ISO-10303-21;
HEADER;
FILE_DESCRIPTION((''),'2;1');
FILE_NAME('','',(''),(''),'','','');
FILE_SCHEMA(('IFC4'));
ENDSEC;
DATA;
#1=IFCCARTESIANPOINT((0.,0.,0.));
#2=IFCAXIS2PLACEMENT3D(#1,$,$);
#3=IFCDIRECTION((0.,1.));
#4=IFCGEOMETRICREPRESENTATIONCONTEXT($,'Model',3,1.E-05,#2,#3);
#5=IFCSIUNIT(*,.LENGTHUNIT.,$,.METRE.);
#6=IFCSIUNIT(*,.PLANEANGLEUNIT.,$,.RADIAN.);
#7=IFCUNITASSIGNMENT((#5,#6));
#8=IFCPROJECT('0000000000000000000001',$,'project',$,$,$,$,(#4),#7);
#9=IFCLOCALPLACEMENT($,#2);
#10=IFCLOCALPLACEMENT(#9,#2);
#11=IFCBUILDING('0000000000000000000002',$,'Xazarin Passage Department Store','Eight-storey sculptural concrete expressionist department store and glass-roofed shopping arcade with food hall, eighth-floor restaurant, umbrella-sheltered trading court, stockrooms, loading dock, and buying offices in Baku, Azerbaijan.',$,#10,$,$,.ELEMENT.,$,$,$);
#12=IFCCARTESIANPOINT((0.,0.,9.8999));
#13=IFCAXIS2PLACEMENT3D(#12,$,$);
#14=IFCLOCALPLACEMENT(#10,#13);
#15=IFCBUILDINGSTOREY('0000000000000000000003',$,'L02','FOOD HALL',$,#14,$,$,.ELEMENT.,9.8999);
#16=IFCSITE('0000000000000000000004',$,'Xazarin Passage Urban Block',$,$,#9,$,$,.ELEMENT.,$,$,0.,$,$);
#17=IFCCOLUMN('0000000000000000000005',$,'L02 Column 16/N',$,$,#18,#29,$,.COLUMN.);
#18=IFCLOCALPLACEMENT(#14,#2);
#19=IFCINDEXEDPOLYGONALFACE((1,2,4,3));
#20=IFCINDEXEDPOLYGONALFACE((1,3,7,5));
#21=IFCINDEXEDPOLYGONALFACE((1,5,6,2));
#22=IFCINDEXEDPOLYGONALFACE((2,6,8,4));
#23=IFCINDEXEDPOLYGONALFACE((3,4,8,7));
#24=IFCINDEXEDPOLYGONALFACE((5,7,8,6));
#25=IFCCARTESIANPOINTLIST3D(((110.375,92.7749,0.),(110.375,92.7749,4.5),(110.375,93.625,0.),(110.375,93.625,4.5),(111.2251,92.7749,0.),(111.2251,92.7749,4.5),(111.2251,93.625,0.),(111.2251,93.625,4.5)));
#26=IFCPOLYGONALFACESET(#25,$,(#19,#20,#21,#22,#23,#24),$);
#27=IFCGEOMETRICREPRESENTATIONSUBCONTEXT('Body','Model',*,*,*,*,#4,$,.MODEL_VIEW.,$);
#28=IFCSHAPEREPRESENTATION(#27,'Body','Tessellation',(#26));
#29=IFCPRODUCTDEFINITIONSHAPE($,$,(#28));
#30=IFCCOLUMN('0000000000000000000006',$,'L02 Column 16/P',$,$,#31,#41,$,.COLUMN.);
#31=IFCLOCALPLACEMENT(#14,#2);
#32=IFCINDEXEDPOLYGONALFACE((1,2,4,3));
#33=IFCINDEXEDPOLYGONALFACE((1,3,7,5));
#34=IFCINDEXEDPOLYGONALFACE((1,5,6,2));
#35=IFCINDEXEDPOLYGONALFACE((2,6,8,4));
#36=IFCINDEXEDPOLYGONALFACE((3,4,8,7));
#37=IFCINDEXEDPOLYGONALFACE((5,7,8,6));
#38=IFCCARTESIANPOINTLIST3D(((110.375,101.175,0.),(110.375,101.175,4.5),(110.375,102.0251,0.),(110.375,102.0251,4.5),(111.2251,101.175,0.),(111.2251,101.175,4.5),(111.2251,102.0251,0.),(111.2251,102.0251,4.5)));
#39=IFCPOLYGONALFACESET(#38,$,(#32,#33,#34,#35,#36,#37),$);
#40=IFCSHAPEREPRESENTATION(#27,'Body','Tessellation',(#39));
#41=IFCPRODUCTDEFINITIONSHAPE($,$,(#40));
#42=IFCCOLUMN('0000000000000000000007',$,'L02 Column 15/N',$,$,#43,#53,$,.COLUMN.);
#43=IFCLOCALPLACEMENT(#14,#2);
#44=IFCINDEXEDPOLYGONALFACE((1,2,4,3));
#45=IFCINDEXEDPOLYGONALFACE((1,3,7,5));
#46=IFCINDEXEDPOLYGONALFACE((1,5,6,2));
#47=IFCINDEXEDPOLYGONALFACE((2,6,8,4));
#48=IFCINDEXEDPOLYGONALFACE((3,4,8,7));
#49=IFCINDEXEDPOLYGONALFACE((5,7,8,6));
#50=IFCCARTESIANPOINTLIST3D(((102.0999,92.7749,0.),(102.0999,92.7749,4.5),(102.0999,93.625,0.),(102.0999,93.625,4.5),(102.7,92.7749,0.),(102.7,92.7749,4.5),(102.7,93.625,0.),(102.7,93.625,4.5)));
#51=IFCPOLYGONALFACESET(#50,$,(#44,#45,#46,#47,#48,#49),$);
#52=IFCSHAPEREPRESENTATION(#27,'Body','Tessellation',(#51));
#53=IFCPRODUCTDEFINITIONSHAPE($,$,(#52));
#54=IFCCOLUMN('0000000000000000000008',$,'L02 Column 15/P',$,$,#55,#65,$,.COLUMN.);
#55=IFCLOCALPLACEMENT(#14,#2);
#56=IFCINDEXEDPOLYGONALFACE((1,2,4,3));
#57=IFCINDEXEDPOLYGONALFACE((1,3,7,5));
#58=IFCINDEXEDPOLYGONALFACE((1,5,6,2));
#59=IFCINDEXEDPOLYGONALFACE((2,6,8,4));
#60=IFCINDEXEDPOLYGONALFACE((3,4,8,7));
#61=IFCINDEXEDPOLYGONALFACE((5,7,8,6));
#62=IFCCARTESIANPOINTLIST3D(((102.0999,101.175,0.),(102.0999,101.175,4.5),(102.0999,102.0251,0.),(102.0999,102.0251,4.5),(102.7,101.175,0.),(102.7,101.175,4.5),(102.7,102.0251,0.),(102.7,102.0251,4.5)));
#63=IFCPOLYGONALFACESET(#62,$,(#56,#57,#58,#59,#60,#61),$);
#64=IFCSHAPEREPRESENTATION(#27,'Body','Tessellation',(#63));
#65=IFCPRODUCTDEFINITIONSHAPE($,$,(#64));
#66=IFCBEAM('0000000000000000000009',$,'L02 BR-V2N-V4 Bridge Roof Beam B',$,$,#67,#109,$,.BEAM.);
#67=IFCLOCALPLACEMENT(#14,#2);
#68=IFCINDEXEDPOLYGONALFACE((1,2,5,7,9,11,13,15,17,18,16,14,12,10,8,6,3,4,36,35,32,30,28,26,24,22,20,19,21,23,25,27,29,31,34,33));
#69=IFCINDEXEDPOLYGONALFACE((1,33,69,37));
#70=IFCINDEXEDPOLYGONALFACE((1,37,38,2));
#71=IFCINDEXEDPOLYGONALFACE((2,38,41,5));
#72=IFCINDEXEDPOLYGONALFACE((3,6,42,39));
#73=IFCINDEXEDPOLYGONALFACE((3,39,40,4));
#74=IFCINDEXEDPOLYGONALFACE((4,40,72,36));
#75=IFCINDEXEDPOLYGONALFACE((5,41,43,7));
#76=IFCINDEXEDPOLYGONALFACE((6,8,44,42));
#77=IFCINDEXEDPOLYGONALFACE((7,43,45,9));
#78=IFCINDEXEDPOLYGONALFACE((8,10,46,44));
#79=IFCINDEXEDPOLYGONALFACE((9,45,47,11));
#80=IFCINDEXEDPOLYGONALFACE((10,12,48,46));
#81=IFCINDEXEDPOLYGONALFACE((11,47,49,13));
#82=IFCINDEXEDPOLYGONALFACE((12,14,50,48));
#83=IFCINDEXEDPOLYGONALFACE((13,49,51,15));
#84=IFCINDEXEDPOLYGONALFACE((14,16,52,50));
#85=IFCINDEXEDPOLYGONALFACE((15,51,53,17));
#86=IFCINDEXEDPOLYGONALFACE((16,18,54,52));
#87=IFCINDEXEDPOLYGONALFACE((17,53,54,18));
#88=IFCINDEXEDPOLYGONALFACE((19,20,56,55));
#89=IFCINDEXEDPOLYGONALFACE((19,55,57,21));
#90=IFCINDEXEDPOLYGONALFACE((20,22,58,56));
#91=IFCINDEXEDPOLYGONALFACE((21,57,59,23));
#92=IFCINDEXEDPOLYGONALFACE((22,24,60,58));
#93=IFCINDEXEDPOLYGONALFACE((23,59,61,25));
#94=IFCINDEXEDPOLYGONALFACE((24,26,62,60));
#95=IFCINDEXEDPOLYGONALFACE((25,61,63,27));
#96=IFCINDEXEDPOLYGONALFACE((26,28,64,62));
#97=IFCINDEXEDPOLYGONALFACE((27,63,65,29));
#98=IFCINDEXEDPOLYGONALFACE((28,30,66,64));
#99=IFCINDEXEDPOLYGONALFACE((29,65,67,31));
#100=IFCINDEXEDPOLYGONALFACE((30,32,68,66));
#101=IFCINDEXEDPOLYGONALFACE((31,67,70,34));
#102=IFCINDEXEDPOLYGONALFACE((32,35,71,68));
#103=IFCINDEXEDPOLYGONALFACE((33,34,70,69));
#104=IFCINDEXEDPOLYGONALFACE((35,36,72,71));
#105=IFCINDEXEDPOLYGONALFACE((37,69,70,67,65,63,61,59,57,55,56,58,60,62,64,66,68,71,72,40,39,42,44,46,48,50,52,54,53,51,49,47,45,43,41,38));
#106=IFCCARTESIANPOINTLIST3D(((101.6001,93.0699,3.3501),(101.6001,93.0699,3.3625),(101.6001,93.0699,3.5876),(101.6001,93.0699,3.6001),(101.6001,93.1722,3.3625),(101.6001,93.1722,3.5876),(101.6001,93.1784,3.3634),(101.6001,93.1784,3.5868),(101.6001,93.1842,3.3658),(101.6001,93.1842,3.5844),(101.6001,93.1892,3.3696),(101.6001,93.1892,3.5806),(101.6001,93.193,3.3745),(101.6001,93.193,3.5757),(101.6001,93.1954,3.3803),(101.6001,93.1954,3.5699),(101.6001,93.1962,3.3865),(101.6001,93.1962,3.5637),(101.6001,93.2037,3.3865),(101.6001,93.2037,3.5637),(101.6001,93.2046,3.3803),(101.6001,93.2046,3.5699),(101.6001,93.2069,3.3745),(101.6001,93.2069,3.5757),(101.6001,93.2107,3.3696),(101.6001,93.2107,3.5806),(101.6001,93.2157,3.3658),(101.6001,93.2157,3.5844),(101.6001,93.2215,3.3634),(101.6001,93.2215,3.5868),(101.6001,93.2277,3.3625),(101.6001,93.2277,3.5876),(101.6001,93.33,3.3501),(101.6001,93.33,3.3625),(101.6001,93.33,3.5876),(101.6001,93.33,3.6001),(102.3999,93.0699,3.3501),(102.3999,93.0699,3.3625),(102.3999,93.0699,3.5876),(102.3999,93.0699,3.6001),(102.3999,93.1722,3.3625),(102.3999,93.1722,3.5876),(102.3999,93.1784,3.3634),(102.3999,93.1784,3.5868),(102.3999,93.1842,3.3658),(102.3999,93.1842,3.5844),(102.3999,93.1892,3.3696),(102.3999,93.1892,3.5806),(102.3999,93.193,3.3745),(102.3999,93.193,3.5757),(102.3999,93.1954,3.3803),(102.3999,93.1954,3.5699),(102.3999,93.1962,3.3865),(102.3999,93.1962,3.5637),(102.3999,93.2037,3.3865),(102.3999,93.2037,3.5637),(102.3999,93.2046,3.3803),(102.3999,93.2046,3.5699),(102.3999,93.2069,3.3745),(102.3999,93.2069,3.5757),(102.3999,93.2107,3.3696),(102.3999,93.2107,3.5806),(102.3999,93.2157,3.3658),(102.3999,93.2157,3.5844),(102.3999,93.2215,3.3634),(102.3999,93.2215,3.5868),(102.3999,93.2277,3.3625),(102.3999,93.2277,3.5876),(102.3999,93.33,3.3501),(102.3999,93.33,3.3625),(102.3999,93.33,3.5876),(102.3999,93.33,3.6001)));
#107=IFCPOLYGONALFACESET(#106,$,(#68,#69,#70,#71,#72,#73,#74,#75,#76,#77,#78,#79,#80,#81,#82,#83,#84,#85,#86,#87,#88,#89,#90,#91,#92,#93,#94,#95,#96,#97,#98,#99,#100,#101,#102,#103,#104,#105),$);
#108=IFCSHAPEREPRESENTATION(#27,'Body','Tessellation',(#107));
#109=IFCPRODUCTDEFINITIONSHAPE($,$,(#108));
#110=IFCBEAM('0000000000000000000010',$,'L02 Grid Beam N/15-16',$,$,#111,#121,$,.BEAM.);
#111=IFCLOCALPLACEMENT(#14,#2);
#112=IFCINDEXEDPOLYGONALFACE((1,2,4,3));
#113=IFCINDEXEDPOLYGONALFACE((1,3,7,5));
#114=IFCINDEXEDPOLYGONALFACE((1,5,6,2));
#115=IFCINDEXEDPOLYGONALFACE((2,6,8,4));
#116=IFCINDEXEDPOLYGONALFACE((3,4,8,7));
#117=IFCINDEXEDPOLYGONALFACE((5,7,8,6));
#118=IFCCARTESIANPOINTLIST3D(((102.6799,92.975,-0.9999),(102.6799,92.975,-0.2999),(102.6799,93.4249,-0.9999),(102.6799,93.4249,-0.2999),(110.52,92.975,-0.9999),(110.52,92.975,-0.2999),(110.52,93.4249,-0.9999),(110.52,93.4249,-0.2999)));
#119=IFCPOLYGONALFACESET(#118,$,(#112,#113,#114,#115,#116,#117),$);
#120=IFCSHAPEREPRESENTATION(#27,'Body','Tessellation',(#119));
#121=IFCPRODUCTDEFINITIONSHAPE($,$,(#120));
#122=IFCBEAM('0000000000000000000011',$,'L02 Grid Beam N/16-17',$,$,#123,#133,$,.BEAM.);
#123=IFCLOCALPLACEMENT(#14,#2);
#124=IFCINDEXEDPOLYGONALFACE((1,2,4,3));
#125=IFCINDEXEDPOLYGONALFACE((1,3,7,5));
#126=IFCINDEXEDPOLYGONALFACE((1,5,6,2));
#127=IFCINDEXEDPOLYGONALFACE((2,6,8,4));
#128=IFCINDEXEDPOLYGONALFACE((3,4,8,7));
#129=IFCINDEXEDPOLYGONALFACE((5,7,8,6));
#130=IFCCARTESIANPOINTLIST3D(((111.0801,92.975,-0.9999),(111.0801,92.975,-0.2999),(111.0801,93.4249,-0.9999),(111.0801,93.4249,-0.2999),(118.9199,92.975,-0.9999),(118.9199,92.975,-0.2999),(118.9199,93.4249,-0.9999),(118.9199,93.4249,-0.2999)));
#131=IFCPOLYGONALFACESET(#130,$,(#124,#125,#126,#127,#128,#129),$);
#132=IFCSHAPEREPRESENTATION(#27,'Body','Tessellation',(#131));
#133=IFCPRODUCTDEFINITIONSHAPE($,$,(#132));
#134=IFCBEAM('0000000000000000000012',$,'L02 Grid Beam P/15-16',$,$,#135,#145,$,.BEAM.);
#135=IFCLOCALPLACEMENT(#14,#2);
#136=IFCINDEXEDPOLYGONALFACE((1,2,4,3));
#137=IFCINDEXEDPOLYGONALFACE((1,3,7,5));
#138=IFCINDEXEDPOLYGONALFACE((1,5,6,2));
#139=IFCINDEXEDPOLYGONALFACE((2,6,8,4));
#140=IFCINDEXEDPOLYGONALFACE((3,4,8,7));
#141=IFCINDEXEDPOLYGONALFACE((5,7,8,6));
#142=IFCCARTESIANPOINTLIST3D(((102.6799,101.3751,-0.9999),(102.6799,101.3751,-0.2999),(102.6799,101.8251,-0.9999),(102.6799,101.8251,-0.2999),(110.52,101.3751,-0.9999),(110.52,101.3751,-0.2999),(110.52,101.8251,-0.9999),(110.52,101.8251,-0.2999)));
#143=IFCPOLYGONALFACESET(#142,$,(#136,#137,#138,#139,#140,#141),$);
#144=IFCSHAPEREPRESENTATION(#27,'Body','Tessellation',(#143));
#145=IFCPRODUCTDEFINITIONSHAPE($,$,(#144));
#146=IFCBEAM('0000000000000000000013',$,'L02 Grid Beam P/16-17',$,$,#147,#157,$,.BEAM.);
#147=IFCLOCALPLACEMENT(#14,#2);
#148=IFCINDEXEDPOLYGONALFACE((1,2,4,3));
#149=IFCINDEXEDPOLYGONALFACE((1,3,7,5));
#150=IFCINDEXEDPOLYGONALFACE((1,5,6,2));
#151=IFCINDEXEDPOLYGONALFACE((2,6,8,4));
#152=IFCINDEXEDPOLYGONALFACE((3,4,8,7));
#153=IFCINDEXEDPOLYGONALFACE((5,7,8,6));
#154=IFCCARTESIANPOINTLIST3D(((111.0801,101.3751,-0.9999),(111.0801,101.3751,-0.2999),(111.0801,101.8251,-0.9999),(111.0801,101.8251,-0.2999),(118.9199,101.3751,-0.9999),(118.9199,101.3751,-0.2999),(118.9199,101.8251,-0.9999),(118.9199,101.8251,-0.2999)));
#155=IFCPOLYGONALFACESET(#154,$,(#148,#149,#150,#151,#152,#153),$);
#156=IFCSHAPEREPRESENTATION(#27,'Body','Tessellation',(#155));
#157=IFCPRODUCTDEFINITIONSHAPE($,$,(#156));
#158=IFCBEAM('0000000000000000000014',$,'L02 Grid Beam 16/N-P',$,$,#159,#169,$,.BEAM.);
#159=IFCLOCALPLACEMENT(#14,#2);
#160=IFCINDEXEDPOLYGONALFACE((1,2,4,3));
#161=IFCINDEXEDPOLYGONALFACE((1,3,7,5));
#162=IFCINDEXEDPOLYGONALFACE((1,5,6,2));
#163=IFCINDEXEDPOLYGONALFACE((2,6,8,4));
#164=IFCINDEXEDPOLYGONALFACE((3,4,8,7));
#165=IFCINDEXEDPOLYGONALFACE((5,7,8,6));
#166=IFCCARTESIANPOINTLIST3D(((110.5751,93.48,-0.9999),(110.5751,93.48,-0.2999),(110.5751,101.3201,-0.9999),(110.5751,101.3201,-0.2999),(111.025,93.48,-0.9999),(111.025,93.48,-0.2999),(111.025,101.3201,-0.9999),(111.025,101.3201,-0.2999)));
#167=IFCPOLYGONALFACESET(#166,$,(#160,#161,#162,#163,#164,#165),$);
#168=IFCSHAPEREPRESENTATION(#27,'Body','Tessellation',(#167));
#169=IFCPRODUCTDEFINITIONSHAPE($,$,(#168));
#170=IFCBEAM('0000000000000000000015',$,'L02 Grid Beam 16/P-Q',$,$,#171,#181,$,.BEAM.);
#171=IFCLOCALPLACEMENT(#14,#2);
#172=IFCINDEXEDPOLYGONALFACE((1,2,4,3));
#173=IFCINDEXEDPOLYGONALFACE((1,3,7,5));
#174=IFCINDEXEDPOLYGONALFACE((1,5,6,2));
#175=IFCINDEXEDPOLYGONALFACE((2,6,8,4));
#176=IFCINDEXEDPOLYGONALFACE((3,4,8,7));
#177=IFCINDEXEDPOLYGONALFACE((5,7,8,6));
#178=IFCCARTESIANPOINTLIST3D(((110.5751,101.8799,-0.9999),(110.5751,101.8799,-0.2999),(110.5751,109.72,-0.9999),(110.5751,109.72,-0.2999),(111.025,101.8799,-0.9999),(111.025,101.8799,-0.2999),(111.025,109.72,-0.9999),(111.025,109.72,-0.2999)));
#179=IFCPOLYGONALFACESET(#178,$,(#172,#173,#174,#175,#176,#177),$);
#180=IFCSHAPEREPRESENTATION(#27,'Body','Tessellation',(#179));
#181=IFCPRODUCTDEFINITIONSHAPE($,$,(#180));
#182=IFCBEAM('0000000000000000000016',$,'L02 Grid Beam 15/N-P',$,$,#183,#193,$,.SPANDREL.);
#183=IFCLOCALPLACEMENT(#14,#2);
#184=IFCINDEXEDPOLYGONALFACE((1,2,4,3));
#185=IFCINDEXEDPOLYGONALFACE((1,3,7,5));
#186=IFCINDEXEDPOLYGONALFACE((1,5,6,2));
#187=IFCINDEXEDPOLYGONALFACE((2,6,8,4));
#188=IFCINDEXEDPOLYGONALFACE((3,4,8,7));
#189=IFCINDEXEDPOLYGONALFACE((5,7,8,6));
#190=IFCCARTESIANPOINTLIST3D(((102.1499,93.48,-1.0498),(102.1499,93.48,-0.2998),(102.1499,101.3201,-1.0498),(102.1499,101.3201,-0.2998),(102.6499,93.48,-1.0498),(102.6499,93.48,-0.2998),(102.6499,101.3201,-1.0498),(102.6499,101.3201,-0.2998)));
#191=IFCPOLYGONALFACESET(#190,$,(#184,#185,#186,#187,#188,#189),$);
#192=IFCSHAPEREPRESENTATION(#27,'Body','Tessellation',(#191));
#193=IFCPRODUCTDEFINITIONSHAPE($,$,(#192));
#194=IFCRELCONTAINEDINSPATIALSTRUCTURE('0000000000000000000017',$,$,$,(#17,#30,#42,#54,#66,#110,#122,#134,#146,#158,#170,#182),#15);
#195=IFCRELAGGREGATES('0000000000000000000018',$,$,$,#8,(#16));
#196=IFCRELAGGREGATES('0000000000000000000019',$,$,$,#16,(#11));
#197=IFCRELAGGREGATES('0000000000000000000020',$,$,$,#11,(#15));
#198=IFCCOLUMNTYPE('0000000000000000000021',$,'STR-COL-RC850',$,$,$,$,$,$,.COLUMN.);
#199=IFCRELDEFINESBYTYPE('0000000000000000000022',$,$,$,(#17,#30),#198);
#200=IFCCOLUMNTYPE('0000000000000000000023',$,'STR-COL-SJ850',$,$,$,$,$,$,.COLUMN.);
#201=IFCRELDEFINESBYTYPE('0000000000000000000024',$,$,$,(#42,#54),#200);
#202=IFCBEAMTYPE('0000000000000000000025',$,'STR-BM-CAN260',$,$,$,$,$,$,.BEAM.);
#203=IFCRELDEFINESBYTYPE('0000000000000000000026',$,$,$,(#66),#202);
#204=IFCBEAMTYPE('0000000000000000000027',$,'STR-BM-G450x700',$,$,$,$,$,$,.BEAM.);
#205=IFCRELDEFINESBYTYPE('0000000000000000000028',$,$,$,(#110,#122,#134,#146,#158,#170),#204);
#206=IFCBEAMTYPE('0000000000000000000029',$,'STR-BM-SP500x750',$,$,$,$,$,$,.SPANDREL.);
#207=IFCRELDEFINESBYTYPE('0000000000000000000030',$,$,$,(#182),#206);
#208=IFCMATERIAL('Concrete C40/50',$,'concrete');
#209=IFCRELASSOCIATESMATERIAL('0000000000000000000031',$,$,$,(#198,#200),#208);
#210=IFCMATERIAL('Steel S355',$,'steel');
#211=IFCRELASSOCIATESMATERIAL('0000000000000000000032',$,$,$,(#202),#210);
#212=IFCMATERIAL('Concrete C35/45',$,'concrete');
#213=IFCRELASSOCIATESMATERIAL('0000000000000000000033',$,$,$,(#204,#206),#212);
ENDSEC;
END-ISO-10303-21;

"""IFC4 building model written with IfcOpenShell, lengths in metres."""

from ifc_helpers import new_model, si_unit, direction, frame, origin, origin_2d, place, context, subcontext, project, spatial, rectangle, i_section, extrude, material, material_profile, profile_set, type_object, element, save


model = new_model("IFC4")

# Units and contexts
model_context = context("Model", 3, precision=1e-05, world=origin(), true_north=direction((0.0, 1.0)))
body_context = subcontext(model_context, "Body", "Model", "MODEL_VIEW")
ifc_project = project(units=[si_unit("LENGTHUNIT", "METRE"), si_unit("PLANEANGLEUNIT", "RADIAN")], contexts=[model_context])

# Site, building, storey
site_placement = place(None, origin())
site = spatial("IfcSite", under=ifc_project, at=site_placement, Name="Xazarin Passage Urban Block", CompositionType="ELEMENT", RefElevation=0.0)
building_placement = place(site_placement, origin())
building = spatial("IfcBuilding", under=site, at=building_placement, Name="Xazarin Passage Department Store", Description="Eight-storey sculptural concrete expressionist department store and glass-roofed shopping arcade with food hall, eighth-floor restaurant, umbrella-sheltered trading court, stockrooms, loading dock, and buying offices in Baku, Azerbaijan.", CompositionType="ELEMENT")
storey_placement = place(building_placement, frame((0.0, 0.0, 9.8999)))
storey = spatial("IfcBuildingStorey", under=building, at=storey_placement, Name="L02", Description="FOOD HALL", CompositionType="ELEMENT", Elevation=9.8999)

# Columns
ifc_material_1 = material(Name="Concrete C40/50", Category="concrete")
ifc_material_profile_1 = material_profile(ifc_material_1, rectangle(XDim=0.8501, YDim=0.8501, at=origin_2d()), Name="RC 850x850")
ifc_profile_set_1 = profile_set([ifc_material_profile_1], Name="Concrete C40/50")
column_type_1 = type_object("IfcColumnType", Name="STR-COL-RC850", PredefinedType="COLUMN", material=ifc_profile_set_1)
for number, where, z_axis, x_axis, name in (
    (1, (110.8, 93.2, 0.0), (0.0, 0.0, 1.0), (1.0, 0.0, 0.0), "L02 Column 16/N"),
    (2, (110.8, 101.6001, 0.0), (0.0, 0.0, 1.0), (1.0, 0.0, 0.0), "L02 Column 16/P"),
):
    element("IfcColumn", number, at=place(storey_placement, frame(where, z_axis=z_axis, x_axis=x_axis)), inside=storey, type_object=column_type_1, Name=name, PredefinedType="COLUMN", context=body_context, shape_type="SweptSolid", body=[
        extrude(rectangle(XDim=0.8501, YDim=0.8501, at=origin_2d()), origin(), (0.0, 0.0, 1.0), 4.5),
    ])
ifc_material_profile_2 = material_profile(ifc_material_1, rectangle(XDim=0.6001, YDim=0.8501, at=origin_2d()), Name="RC 600x850")
ifc_profile_set_2 = profile_set([ifc_material_profile_2], Name="Concrete C40/50")
column_type_2 = type_object("IfcColumnType", Name="STR-COL-SJ850", PredefinedType="COLUMN", material=ifc_profile_set_2)
for number, where, z_axis, x_axis, name in (
    (3, (102.3999, 93.2, 0.0), (0.0, 0.0, 1.0), (1.0, 0.0, 0.0), "L02 Column 15/N"),
    (4, (102.3999, 101.6001, 0.0), (0.0, 0.0, 1.0), (1.0, 0.0, 0.0), "L02 Column 15/P"),
):
    element("IfcColumn", number, at=place(storey_placement, frame(where, z_axis=z_axis, x_axis=x_axis)), inside=storey, type_object=column_type_2, Name=name, PredefinedType="COLUMN", context=body_context, shape_type="SweptSolid", body=[
        extrude(rectangle(XDim=0.6001, YDim=0.8501, at=origin_2d()), origin(), (0.0, 0.0, 1.0), 4.5),
    ])

# Beams
ifc_material_2 = material(Name="Steel S355", Category="steel")
ifc_material_profile_3 = material_profile(ifc_material_2, i_section(OverallWidth=0.26, OverallDepth=0.25, WebThickness=0.0076, FlangeThickness=0.0125, FilletRadius=0.0239, at=origin_2d()), Name="HEA 260")
ifc_profile_set_3 = profile_set([ifc_material_profile_3], Name="Steel S355")
beam_type_1 = type_object("IfcBeamType", Name="STR-BM-CAN260", PredefinedType="BEAM", material=ifc_profile_set_3)
beam_1_placement = place(storey_placement, frame((101.6001, 93.2, 3.4751), z_axis=(1.0, 0.0, 0.0), x_axis=(0.0, 1.0, 0.0)))
element("IfcBeam", 5, at=beam_1_placement, inside=storey, type_object=beam_type_1, Name="L02 BR-V2N-V4 Bridge Roof Beam B", PredefinedType="BEAM", context=body_context, shape_type="SweptSolid", body=[
    extrude(i_section(OverallWidth=0.26, OverallDepth=0.25, WebThickness=0.0076, FlangeThickness=0.0125, FilletRadius=0.0239, at=origin_2d()), origin(), (0.0, 0.0, 1.0), 0.7998),
])
ifc_material_3 = material(Name="Concrete C35/45", Category="concrete")
ifc_material_profile_4 = material_profile(ifc_material_3, rectangle(XDim=0.45, YDim=0.7, at=origin_2d()), Name="RC 450x700")
ifc_profile_set_4 = profile_set([ifc_material_profile_4], Name="Concrete C35/45")
beam_type_2 = type_object("IfcBeamType", Name="STR-BM-G450x700", PredefinedType="BEAM", material=ifc_profile_set_4)
beam_2_placement = place(storey_placement, frame((102.6799, 93.2, -0.6499), z_axis=(1.0, 0.0, 0.0), x_axis=(0.0, 1.0, 0.0)))
element("IfcBeam", 6, at=beam_2_placement, inside=storey, type_object=beam_type_2, Name="L02 Grid Beam N/15-16", PredefinedType="BEAM", context=body_context, shape_type="SweptSolid", body=[
    extrude(rectangle(XDim=0.45, YDim=0.7, at=origin_2d()), origin(), (0.0, 0.0, 1.0), 7.8401),
])
beam_3_placement = place(storey_placement, frame((111.0801, 93.2, -0.6499), z_axis=(1.0, 0.0, 0.0), x_axis=(0.0, 1.0, 0.0)))
element("IfcBeam", 7, at=beam_3_placement, inside=storey, type_object=beam_type_2, Name="L02 Grid Beam N/16-17", PredefinedType="BEAM", context=body_context, shape_type="SweptSolid", body=[
    extrude(rectangle(XDim=0.45, YDim=0.7, at=origin_2d()), origin(), (0.0, 0.0, 1.0), 7.8398),
])
beam_4_placement = place(storey_placement, frame((102.6799, 101.6001, -0.6499), z_axis=(1.0, 0.0, 0.0), x_axis=(0.0, 1.0, 0.0)))
element("IfcBeam", 8, at=beam_4_placement, inside=storey, type_object=beam_type_2, Name="L02 Grid Beam P/15-16", PredefinedType="BEAM", context=body_context, shape_type="SweptSolid", body=[
    extrude(rectangle(XDim=0.45, YDim=0.7, at=origin_2d()), origin(), (0.0, 0.0, 1.0), 7.8401),
])
beam_5_placement = place(storey_placement, frame((111.0801, 101.6001, -0.6499), z_axis=(1.0, 0.0, 0.0), x_axis=(0.0, 1.0, 0.0)))
element("IfcBeam", 9, at=beam_5_placement, inside=storey, type_object=beam_type_2, Name="L02 Grid Beam P/16-17", PredefinedType="BEAM", context=body_context, shape_type="SweptSolid", body=[
    extrude(rectangle(XDim=0.45, YDim=0.7, at=origin_2d()), origin(), (0.0, 0.0, 1.0), 7.8398),
])
for number, where, z_axis, x_axis, name in (
    (10, (110.8, 93.48, -0.6499), (0.0, 1.0, 0.0), (-1.0, 0.0, 0.0), "L02 Grid Beam 16/N-P"),
    (11, (110.8, 101.8799, -0.6499), (0.0, 1.0, 0.0), (-1.0, 0.0, 0.0), "L02 Grid Beam 16/P-Q"),
):
    element("IfcBeam", number, at=place(storey_placement, frame(where, z_axis=z_axis, x_axis=x_axis)), inside=storey, type_object=beam_type_2, Name=name, PredefinedType="BEAM", context=body_context, shape_type="SweptSolid", body=[
        extrude(rectangle(XDim=0.45, YDim=0.7, at=origin_2d()), origin(), (0.0, 0.0, 1.0), 7.8401),
    ])
ifc_material_profile_5 = material_profile(ifc_material_3, rectangle(XDim=0.5, YDim=0.75, at=origin_2d()), Name="RC 500x750")
ifc_profile_set_5 = profile_set([ifc_material_profile_5], Name="Concrete C35/45")
beam_type_3 = type_object("IfcBeamType", Name="STR-BM-SP500x750", PredefinedType="SPANDREL", material=ifc_profile_set_5)
for number, where, z_axis, x_axis, name in (
    (12, (102.3999, 93.48, -0.6748), (0.0, 1.0, 0.0), (-1.0, 0.0, 0.0), "L02 Grid Beam 15/N-P"),
):
    element("IfcBeam", number, at=place(storey_placement, frame(where, z_axis=z_axis, x_axis=x_axis)), inside=storey, type_object=beam_type_3, Name=name, PredefinedType="SPANDREL", context=body_context, shape_type="SweptSolid", body=[
        extrude(rectangle(XDim=0.5, YDim=0.75, at=origin_2d()), origin(), (0.0, 0.0, 1.0), 7.8401),
    ])

save(model, "model.ifc")
